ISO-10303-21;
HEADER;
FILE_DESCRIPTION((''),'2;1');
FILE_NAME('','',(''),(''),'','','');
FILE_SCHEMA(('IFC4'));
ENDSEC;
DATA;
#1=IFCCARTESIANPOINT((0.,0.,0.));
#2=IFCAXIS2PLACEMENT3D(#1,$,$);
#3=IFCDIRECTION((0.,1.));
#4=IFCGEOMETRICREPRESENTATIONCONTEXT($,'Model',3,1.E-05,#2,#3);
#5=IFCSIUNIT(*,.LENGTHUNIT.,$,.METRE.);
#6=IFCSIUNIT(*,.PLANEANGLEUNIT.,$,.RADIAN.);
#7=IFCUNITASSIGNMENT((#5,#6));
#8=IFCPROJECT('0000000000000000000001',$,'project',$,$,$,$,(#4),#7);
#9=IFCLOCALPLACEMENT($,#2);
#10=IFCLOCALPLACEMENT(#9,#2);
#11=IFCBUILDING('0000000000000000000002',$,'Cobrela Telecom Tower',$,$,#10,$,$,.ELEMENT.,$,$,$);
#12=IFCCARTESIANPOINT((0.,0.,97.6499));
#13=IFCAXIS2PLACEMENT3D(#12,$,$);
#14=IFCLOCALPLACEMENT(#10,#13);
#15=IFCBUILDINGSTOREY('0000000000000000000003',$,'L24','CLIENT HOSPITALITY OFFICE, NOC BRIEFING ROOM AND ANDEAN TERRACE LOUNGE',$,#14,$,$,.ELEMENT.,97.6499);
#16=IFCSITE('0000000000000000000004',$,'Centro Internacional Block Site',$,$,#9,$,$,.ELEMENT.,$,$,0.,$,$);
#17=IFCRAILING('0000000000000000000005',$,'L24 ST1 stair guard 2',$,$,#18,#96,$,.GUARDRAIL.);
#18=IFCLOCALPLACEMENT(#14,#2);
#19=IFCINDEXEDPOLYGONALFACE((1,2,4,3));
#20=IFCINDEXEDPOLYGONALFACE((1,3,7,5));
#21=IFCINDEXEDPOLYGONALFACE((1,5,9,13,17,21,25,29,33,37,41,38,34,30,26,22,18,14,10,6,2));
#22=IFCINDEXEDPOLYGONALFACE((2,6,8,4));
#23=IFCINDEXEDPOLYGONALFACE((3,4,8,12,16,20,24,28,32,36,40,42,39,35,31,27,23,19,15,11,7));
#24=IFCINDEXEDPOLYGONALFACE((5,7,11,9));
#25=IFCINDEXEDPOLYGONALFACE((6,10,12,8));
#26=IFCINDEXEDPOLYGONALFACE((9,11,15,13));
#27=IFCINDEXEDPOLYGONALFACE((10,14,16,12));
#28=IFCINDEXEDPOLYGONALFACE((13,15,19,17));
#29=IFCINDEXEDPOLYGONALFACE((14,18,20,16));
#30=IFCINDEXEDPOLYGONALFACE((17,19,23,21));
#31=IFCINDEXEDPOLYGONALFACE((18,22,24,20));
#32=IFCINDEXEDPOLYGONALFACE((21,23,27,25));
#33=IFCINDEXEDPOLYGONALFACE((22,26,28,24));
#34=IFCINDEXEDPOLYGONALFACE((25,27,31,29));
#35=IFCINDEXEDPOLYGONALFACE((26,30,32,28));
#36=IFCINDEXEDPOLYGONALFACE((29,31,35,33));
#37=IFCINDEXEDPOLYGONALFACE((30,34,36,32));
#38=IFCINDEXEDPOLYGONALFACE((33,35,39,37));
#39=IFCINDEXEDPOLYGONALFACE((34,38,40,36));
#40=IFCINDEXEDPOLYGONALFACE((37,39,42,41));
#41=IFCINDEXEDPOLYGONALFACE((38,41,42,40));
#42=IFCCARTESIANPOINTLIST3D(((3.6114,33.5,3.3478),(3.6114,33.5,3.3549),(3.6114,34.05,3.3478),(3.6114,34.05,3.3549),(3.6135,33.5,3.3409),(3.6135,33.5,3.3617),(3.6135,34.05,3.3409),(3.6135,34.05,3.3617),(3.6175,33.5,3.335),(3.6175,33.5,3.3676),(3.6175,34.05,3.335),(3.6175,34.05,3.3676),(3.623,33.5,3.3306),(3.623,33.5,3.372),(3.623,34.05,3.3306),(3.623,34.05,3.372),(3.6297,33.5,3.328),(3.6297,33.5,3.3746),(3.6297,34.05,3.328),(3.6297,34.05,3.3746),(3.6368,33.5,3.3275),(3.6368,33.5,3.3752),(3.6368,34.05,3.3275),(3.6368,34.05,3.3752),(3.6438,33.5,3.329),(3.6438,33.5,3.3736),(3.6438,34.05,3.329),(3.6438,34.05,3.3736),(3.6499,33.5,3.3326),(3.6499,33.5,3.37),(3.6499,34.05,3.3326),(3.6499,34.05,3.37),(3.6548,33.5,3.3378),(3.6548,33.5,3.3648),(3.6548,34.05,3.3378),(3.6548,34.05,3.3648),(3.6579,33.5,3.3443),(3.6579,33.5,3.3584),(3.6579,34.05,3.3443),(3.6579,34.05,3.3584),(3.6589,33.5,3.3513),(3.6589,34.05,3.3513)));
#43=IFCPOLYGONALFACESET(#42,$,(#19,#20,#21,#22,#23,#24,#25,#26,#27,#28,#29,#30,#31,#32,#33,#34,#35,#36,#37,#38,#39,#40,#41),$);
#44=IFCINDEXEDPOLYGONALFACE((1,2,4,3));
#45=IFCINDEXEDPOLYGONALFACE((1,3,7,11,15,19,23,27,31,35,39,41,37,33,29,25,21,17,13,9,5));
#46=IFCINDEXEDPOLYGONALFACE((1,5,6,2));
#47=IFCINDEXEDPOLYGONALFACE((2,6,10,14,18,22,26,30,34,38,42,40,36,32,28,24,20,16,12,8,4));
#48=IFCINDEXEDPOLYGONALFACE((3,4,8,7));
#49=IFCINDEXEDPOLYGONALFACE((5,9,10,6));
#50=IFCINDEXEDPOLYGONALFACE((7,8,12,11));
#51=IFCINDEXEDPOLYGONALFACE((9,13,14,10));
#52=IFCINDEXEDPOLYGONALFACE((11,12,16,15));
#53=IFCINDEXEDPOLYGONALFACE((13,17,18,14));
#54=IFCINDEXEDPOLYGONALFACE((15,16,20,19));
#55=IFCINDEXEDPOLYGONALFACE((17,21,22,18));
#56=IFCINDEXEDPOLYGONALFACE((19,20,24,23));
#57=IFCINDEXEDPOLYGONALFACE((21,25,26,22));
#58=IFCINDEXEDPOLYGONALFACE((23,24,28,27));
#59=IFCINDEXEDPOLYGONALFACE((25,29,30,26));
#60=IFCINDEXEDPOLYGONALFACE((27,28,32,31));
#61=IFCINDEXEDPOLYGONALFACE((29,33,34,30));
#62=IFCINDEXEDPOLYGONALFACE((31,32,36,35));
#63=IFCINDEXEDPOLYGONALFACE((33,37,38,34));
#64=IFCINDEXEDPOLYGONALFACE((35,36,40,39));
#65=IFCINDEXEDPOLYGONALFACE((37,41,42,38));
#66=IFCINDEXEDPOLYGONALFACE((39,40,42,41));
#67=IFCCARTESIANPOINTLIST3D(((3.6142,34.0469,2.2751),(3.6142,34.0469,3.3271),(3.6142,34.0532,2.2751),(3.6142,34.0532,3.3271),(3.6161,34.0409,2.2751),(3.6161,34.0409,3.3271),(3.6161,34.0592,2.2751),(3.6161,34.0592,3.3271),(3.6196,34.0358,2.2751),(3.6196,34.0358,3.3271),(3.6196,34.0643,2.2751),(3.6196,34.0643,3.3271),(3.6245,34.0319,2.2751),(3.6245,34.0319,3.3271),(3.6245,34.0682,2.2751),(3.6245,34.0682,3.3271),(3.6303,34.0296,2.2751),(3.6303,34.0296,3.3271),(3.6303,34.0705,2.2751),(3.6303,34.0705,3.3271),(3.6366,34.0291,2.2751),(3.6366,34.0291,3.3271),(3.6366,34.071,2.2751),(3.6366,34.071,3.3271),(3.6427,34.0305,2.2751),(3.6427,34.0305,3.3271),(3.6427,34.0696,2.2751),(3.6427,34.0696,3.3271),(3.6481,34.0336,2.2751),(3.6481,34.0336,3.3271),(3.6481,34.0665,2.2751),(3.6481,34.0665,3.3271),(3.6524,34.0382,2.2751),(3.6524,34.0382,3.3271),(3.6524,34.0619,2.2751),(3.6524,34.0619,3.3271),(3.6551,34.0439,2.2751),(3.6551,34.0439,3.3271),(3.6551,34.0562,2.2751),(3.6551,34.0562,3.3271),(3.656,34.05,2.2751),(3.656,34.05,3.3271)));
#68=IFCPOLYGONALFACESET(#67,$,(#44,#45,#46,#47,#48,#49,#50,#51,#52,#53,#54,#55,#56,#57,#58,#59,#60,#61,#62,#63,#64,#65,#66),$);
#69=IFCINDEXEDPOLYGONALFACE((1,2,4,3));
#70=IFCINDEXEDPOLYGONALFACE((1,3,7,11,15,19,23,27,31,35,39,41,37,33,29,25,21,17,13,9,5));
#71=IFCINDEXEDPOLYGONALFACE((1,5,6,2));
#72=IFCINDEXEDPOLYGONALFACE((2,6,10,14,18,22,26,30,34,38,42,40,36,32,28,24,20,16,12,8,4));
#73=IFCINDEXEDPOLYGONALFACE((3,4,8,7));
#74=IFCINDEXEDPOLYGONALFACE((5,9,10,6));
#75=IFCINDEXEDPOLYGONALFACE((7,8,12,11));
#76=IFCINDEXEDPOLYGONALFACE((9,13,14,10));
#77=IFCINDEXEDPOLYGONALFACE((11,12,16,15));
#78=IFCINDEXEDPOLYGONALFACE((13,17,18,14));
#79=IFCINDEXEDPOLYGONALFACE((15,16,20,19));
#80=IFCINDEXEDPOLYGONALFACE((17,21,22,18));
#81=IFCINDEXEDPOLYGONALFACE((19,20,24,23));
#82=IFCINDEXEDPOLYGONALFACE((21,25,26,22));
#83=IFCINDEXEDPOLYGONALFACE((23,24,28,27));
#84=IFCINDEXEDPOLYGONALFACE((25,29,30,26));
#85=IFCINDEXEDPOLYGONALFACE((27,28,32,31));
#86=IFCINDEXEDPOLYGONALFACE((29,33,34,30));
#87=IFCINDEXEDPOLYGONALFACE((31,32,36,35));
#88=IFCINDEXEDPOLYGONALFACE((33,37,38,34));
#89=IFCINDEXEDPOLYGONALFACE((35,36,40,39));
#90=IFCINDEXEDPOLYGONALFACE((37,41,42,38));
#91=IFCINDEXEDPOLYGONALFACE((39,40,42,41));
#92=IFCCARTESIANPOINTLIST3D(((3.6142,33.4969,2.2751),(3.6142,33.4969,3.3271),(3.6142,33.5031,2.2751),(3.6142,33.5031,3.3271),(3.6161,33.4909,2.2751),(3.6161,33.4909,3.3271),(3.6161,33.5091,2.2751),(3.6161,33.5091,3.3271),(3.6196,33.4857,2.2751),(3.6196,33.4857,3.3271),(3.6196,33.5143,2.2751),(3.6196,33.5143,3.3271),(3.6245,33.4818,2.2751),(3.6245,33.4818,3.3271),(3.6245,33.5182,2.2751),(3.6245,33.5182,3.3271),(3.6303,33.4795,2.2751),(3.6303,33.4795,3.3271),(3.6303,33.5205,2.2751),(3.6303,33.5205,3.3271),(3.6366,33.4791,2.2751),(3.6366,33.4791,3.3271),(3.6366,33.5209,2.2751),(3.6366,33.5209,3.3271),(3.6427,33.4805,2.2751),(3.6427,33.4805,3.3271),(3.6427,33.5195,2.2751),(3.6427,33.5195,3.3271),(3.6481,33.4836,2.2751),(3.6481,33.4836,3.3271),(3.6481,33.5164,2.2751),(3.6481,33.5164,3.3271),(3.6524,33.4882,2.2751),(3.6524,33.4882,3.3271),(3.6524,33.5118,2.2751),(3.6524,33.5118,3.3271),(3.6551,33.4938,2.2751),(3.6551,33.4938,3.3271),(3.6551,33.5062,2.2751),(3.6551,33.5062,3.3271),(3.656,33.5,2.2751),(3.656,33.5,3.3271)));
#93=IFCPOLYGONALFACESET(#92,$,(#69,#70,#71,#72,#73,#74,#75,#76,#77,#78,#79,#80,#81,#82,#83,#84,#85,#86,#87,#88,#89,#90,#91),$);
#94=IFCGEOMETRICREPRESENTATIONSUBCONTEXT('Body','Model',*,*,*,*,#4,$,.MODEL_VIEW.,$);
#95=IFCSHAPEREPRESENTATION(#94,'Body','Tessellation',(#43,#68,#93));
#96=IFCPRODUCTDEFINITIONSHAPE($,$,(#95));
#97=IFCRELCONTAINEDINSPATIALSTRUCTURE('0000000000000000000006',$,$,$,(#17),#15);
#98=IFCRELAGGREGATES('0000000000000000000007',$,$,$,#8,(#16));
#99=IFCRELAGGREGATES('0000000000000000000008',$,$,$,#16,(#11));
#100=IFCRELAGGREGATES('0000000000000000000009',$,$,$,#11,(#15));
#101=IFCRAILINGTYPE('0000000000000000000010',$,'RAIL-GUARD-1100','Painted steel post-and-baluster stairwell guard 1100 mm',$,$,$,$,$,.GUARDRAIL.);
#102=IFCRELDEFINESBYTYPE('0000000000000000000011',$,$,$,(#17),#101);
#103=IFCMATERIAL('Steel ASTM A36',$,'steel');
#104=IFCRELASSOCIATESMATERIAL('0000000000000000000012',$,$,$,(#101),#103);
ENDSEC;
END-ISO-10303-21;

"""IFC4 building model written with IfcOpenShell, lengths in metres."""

from ifc_helpers import new_model, si_unit, direction, frame, origin, origin_2d, place, context, subcontext, project, spatial, circle, extrude, material, type_object, element, save


model = new_model("IFC4")

# Units and contexts
model_context = context("Model", 3, precision=1e-05, world=origin(), true_north=direction((0.0, 1.0)))
body_context = subcontext(model_context, "Body", "Model", "MODEL_VIEW")
ifc_project = project(units=[si_unit("LENGTHUNIT", "METRE"), si_unit("PLANEANGLEUNIT", "RADIAN")], contexts=[model_context])

# Site, building, storey
site_placement = place(None, origin())
site = spatial("IfcSite", under=ifc_project, at=site_placement, Name="Centro Internacional Block Site", CompositionType="ELEMENT", RefElevation=0.0)
building_placement = place(site_placement, origin())
building = spatial("IfcBuilding", under=site, at=building_placement, Name="Cobrela Telecom Tower", CompositionType="ELEMENT")
storey_placement = place(building_placement, frame((0.0, 0.0, 97.6499)))
storey = spatial("IfcBuildingStorey", under=building, at=storey_placement, Name="L24", Description="CLIENT HOSPITALITY OFFICE, NOC BRIEFING ROOM AND ANDEAN TERRACE LOUNGE", CompositionType="ELEMENT", Elevation=97.6499)

# Shared definitions
ifc_material_1 = material(Name="Steel ASTM A36", Category="steel")

# Railing
railing_type_1 = type_object("IfcRailingType", Name="RAIL-GUARD-1100", Description="Painted steel post-and-baluster stairwell guard 1100 mm", PredefinedType="GUARDRAIL", material=ifc_material_1)
railing_1_placement = place(storey_placement, frame((3.635, 34.05, 2.2751)))
element("IfcRailing", 1, at=railing_1_placement, inside=storey, type_object=railing_type_1, Name="L24 ST1 stair guard 2", PredefinedType="GUARDRAIL", context=body_context, shape_type="SweptSolid", body=[
    extrude(circle(Radius=0.0239, at=origin_2d()), frame((0.0, 0.0, 1.0762), z_axis=(0.0, -1.0, 0.0), x_axis=(1.0, 0.0, 0.0)), (0.0, 0.0, 1.0), 0.55),
    extrude(circle(Radius=0.021, at=origin_2d()), origin(), (0.0, 0.0, 1.0), 1.052),
    extrude(circle(Radius=0.021, at=origin_2d()), frame((0.0, -0.55, 0.0)), (0.0, 0.0, 1.0), 1.052),
])

save(model, "model.ifc")
